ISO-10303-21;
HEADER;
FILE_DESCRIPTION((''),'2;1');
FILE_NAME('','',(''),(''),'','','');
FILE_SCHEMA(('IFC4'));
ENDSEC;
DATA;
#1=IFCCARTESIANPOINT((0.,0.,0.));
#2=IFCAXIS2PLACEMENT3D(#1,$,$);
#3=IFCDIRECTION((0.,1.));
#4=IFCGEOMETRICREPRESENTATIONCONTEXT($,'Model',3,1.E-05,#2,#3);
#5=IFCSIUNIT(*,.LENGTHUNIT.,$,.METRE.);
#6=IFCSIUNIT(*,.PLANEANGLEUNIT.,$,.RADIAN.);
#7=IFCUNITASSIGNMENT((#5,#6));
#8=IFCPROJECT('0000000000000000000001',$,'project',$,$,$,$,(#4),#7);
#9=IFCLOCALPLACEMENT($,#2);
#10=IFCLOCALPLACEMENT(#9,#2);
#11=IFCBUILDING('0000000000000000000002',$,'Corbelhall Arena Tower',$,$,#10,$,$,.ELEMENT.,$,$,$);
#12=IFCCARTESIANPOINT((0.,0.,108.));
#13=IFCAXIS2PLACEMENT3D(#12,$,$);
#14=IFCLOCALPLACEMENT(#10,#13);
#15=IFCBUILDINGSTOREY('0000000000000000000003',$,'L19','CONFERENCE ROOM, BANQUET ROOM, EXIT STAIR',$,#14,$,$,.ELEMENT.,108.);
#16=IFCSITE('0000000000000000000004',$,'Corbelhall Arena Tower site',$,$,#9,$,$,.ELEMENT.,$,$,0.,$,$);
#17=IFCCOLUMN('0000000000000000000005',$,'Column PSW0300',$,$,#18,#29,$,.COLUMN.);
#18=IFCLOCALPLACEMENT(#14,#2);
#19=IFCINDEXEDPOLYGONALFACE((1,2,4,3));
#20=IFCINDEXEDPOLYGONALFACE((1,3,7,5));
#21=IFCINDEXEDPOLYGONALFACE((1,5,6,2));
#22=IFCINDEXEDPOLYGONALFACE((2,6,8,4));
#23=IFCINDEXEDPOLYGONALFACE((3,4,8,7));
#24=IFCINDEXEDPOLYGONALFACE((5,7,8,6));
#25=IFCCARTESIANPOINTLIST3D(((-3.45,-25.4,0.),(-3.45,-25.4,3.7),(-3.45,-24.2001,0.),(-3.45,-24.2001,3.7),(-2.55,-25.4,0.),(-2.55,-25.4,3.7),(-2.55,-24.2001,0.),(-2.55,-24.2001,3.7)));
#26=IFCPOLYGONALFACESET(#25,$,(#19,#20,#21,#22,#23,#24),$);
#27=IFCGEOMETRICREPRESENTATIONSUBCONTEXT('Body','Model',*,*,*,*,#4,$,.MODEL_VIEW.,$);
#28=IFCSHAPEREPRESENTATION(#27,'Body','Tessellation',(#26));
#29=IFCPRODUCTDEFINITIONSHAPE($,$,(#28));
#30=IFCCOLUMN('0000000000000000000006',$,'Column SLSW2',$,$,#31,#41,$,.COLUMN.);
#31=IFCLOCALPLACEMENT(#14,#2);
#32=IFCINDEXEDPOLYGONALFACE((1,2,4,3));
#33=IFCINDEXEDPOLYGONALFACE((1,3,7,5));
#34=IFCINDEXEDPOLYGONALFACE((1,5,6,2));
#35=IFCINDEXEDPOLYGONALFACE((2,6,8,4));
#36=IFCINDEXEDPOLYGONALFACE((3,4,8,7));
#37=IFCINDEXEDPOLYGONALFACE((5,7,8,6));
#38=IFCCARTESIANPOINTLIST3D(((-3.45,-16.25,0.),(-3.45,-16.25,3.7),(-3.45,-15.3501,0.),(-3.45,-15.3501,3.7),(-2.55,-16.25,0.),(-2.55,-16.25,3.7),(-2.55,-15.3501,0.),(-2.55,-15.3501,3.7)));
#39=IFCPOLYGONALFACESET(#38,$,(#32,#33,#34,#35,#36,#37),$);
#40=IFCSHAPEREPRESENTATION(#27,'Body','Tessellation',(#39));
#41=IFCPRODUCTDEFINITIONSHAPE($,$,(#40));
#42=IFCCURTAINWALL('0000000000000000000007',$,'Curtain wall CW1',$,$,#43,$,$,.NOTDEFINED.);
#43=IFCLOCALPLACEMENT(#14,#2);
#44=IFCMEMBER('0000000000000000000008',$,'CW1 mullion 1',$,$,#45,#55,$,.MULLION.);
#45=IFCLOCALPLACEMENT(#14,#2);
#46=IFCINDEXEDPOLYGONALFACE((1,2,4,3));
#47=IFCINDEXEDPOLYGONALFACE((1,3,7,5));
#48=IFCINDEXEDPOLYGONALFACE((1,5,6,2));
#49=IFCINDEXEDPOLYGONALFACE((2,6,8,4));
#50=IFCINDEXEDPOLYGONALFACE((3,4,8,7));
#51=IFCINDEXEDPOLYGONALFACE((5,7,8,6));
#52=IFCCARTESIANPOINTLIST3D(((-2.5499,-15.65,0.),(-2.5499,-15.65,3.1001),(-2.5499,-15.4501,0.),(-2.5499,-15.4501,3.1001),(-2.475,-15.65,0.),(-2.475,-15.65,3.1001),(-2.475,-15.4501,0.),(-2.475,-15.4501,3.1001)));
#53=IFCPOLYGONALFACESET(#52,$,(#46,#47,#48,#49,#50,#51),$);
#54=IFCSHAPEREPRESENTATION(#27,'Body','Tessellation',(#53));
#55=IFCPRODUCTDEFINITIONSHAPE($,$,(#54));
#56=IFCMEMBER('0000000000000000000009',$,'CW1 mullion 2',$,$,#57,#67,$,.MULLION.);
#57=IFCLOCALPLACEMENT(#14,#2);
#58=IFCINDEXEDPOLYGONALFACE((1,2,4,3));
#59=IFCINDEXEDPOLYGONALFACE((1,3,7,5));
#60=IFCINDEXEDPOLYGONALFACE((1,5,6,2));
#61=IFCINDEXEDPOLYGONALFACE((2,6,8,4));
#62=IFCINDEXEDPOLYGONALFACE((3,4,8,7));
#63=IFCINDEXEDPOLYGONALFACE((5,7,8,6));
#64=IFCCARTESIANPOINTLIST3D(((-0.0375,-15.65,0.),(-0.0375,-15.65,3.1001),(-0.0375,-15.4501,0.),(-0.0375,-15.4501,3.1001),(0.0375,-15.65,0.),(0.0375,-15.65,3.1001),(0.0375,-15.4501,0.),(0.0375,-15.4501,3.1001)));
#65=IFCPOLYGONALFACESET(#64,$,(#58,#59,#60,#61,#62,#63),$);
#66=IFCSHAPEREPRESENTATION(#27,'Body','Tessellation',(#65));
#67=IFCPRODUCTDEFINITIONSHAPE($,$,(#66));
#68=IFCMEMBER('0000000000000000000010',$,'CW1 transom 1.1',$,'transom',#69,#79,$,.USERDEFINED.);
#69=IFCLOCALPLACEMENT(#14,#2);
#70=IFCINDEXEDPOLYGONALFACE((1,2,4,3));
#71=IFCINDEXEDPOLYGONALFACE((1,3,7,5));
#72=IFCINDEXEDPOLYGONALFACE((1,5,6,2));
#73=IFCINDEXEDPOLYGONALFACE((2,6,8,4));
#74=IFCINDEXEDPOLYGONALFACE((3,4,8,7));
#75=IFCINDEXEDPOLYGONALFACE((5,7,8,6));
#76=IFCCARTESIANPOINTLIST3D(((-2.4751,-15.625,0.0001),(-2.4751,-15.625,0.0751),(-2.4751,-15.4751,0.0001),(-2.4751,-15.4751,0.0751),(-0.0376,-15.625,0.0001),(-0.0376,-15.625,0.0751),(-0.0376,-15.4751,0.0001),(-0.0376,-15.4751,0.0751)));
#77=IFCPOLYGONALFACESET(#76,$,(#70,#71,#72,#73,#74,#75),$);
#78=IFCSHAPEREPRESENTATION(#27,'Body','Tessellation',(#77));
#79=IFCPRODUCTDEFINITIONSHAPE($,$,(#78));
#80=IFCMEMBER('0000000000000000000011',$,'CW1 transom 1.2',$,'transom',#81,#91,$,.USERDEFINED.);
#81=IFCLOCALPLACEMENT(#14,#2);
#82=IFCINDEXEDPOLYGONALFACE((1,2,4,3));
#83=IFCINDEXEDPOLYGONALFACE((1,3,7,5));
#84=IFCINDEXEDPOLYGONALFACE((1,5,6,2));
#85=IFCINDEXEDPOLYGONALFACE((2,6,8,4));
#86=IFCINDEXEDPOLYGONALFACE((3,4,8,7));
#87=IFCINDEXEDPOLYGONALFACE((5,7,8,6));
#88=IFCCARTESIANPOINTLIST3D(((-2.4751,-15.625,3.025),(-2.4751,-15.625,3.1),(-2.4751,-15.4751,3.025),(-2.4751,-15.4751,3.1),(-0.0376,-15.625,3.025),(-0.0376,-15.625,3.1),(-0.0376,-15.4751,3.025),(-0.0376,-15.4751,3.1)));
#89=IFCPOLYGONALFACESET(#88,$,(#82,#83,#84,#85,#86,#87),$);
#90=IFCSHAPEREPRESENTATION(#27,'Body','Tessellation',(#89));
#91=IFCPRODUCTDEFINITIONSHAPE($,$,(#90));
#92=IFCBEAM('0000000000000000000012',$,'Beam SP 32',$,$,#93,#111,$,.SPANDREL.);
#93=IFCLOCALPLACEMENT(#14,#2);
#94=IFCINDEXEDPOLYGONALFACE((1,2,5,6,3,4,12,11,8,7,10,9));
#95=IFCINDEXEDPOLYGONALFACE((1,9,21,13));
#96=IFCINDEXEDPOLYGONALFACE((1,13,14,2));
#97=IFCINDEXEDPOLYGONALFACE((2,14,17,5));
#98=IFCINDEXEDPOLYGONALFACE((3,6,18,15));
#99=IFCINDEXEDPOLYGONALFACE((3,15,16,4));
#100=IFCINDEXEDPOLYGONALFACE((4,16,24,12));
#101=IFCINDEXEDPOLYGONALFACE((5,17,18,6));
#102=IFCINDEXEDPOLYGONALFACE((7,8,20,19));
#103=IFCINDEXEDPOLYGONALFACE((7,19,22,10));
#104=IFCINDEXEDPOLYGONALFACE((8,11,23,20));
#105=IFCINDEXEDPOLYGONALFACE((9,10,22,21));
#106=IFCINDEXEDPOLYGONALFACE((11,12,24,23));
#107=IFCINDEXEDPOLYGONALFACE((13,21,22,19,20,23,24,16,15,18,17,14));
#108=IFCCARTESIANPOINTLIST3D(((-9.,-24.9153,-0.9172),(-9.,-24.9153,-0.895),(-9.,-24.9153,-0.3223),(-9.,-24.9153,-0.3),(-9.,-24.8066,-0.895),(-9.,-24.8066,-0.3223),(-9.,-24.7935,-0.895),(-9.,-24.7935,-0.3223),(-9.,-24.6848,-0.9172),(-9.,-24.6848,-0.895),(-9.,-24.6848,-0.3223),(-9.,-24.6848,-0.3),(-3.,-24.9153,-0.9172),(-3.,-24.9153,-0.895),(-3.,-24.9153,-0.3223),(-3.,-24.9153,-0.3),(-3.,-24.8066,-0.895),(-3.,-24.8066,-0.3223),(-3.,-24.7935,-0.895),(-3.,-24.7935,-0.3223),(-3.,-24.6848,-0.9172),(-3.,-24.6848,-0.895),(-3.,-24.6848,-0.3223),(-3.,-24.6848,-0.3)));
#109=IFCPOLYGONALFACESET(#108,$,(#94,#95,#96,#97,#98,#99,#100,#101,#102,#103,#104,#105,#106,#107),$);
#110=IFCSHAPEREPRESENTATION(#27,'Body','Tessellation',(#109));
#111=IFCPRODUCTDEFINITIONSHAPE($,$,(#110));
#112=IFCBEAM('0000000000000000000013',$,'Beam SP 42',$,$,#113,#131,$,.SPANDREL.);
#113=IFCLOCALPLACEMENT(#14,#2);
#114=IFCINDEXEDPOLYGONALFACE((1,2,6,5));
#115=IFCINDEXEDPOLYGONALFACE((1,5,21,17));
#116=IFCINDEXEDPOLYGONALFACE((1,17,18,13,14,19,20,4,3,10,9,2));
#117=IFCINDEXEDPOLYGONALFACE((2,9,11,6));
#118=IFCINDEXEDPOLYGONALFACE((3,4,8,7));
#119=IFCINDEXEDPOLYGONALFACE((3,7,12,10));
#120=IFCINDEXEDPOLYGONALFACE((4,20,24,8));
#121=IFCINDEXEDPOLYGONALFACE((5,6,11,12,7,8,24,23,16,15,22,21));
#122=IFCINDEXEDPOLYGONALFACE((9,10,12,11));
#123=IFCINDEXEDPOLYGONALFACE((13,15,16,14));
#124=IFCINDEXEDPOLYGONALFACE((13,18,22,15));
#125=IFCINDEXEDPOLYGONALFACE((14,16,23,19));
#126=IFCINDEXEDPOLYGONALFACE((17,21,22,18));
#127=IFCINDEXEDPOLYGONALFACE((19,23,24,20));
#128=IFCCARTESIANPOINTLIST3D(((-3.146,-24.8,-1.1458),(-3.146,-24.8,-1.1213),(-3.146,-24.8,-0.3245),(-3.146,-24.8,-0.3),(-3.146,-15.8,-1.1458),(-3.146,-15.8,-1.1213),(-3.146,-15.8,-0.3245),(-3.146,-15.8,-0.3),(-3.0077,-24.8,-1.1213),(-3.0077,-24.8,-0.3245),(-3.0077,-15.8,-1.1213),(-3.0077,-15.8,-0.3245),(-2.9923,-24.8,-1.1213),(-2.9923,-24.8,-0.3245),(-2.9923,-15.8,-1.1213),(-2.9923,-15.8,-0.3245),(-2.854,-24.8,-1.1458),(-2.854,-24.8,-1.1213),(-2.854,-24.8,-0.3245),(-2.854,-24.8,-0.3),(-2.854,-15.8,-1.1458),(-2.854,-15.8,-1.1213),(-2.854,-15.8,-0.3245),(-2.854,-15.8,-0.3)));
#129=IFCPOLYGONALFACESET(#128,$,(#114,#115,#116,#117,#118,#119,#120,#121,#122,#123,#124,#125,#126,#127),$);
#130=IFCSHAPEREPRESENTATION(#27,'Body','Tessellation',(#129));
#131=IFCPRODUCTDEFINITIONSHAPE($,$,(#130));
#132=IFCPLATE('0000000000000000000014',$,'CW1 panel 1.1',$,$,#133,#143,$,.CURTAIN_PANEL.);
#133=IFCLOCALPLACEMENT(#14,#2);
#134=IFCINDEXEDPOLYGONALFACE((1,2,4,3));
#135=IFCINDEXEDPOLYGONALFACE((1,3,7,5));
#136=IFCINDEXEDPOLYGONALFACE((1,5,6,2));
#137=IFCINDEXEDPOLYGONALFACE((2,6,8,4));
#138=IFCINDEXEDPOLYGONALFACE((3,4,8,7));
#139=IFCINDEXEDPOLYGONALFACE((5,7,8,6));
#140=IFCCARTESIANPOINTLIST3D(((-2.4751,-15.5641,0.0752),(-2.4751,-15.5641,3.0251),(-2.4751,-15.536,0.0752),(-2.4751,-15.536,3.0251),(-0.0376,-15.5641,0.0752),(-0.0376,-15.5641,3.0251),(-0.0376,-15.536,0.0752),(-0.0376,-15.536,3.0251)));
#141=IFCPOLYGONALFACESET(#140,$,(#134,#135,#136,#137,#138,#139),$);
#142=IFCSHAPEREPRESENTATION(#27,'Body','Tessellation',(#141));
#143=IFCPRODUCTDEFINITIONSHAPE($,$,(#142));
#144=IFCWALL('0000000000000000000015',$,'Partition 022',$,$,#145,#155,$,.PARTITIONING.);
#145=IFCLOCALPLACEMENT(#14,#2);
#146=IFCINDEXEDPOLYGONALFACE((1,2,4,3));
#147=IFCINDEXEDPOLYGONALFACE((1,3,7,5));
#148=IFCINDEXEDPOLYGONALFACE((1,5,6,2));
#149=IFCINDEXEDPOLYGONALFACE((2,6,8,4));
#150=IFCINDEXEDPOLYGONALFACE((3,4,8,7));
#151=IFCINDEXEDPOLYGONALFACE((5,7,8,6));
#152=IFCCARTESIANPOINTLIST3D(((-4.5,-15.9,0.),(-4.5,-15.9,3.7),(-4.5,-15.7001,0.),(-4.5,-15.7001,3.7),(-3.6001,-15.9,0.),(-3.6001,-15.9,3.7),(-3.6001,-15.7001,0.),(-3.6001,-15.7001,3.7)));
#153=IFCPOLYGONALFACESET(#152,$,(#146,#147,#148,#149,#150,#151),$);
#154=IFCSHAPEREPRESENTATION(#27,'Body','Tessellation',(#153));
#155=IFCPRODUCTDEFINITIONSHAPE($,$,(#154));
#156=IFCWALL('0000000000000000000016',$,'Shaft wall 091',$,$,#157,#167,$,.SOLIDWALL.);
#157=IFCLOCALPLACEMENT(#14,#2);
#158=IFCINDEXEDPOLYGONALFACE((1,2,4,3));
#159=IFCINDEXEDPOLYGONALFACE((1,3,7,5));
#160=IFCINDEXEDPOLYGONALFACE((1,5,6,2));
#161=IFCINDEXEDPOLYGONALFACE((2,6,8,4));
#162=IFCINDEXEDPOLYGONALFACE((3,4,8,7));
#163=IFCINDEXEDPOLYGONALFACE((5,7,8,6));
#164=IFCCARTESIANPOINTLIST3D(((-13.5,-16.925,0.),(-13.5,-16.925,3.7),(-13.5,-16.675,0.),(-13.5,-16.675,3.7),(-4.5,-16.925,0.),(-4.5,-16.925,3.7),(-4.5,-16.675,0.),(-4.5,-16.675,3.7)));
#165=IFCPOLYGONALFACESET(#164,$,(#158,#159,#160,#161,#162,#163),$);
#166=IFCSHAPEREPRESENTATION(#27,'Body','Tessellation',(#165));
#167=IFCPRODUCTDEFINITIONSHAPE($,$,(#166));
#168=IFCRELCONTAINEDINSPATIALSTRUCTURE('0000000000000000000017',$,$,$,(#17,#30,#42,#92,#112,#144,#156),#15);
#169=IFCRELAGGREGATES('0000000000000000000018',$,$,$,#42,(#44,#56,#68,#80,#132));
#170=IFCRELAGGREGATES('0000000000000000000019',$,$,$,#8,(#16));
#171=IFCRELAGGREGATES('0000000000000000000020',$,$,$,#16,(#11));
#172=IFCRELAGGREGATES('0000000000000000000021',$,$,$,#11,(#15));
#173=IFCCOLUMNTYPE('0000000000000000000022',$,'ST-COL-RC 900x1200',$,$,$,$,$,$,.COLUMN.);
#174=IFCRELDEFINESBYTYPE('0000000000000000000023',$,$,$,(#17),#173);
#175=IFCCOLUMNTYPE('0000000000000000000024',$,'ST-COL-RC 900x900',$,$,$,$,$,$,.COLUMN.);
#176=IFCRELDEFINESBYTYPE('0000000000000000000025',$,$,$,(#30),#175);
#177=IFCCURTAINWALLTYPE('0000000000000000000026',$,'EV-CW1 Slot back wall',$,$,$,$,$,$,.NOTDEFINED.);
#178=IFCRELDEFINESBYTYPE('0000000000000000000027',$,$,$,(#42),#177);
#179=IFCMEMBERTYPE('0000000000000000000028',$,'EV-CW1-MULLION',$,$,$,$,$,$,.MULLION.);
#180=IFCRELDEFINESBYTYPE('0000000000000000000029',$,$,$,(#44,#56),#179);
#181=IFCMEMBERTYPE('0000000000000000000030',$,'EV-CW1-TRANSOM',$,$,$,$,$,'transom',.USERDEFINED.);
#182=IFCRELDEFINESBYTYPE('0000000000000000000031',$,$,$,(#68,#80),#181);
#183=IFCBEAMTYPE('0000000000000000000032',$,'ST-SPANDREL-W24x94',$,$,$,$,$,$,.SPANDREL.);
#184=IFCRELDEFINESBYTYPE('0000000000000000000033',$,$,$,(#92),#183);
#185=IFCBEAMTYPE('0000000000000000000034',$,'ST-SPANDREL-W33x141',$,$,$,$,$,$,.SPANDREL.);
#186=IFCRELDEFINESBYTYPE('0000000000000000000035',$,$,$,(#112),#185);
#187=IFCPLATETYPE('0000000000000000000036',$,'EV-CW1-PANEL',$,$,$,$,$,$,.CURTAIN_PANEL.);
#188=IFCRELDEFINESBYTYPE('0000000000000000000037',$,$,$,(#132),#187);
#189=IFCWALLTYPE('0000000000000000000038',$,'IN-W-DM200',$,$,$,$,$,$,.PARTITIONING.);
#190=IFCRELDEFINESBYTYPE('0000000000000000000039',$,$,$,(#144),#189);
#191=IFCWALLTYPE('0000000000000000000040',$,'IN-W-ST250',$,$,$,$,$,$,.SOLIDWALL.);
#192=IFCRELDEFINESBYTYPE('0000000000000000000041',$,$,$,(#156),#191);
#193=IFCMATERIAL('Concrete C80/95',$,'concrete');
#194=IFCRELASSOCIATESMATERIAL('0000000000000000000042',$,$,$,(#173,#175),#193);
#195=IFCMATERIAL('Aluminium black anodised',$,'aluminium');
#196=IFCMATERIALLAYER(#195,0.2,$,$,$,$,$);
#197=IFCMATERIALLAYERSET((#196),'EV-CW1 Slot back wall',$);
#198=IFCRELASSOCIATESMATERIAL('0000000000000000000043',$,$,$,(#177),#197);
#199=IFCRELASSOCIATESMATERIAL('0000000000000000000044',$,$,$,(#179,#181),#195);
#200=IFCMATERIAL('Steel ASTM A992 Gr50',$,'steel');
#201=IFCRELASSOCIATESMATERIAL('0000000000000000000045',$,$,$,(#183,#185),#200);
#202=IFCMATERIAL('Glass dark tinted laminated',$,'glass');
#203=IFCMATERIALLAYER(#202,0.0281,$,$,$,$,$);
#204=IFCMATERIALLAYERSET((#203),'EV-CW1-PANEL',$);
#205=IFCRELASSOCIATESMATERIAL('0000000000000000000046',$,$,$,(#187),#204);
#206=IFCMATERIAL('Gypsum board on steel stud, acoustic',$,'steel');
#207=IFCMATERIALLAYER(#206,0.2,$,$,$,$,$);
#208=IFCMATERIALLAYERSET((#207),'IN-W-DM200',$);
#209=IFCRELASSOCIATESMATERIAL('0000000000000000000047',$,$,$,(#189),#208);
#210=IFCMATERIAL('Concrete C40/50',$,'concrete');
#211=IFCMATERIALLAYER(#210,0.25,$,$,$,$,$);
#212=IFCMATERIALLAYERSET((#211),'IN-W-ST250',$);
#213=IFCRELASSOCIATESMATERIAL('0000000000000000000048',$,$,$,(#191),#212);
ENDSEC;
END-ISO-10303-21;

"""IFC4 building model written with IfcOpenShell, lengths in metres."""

from ifc_helpers import new_model, si_unit, direction, frame, frame_2d, origin, origin_2d, place, context, subcontext, project, spatial, rectangle, i_section, extrude, material, layer, layer_set, material_profile, profile_set, type_object, element, aggregate, save


model = new_model("IFC4")

# Units and contexts
model_context = context("Model", 3, precision=1e-05, world=origin(), true_north=direction((0.0, 1.0)))
body_context = subcontext(model_context, "Body", "Model", "MODEL_VIEW")
ifc_project = project(units=[si_unit("LENGTHUNIT", "METRE"), si_unit("PLANEANGLEUNIT", "RADIAN")], contexts=[model_context])

# Site, building, storey
site_placement = place(None, origin())
site = spatial("IfcSite", under=ifc_project, at=site_placement, Name="Corbelhall Arena Tower site", CompositionType="ELEMENT", RefElevation=0.0)
building_placement = place(site_placement, origin())
building = spatial("IfcBuilding", under=site, at=building_placement, Name="Corbelhall Arena Tower", CompositionType="ELEMENT")
storey_placement = place(building_placement, frame((0.0, 0.0, 108.0)))
storey = spatial("IfcBuildingStorey", under=building, at=storey_placement, Name="L19", Description="CONFERENCE ROOM, BANQUET ROOM, EXIT STAIR", CompositionType="ELEMENT", Elevation=108.0)

# Columns
ifc_material_1 = material(Name="Concrete C80/95", Category="concrete")
ifc_material_profile_1 = material_profile(ifc_material_1, rectangle(XDim=0.8999, YDim=1.2, at=origin_2d()))
ifc_profile_set_1 = profile_set([ifc_material_profile_1], Name="Concrete C80/95")
column_type_1 = type_object("IfcColumnType", Name="ST-COL-RC 900x1200", PredefinedType="COLUMN", material=ifc_profile_set_1)
column_1_placement = place(storey_placement, frame((-3.0, -24.8, 0.0), z_axis=(0.0, 0.0, 1.0), x_axis=(1.0, 0.0, 0.0)))
element("IfcColumn", 1, at=column_1_placement, inside=storey, type_object=column_type_1, Name="Column PSW0300", PredefinedType="COLUMN", context=body_context, shape_type="SweptSolid", body=[
    extrude(rectangle(XDim=0.8999, YDim=1.2, at=origin_2d()), origin(), (0.0, 0.0, 1.0), 3.7),
])
ifc_material_profile_2 = material_profile(ifc_material_1, rectangle(XDim=0.8999, YDim=0.8999, at=origin_2d()))
ifc_profile_set_2 = profile_set([ifc_material_profile_2], Name="Concrete C80/95")
column_type_2 = type_object("IfcColumnType", Name="ST-COL-RC 900x900", PredefinedType="COLUMN", material=ifc_profile_set_2)
column_2_placement = place(storey_placement, frame((-3.0, -15.8, 0.0), z_axis=(0.0, 0.0, 1.0), x_axis=(1.0, 0.0, 0.0)))
element("IfcColumn", 2, at=column_2_placement, inside=storey, type_object=column_type_2, Name="Column SLSW2", PredefinedType="COLUMN", context=body_context, shape_type="SweptSolid", body=[
    extrude(rectangle(XDim=0.8999, YDim=0.8999, at=origin_2d()), origin(), (0.0, 0.0, 1.0), 3.7),
])

# Curtain wall, members
ifc_material_2 = material(Name="Aluminium black anodised", Category="aluminium")
ifc_layer_1 = layer(ifc_material_2, 0.2)
ifc_layer_set_1 = layer_set([ifc_layer_1], Name="EV-CW1 Slot back wall")
curtain_wall_type = type_object("IfcCurtainWallType", Name="EV-CW1 Slot back wall", PredefinedType="NOTDEFINED", material=ifc_layer_set_1)
curtain_wall_placement = place(storey_placement, origin())
curtain_wall = element("IfcCurtainWall", 3, at=curtain_wall_placement, inside=storey, type_object=curtain_wall_type, Name="Curtain wall CW1", PredefinedType="NOTDEFINED")
ifc_material_profile_3 = material_profile(ifc_material_2, rectangle(XDim=0.2, YDim=0.075, at=origin_2d()))
ifc_profile_set_3 = profile_set([ifc_material_profile_3], Name="Aluminium black anodised")
member_type_1 = type_object("IfcMemberType", Name="EV-CW1-MULLION", PredefinedType="MULLION", material=ifc_profile_set_3)
member_1_placement = place(storey_placement, frame((-2.5125, -15.55, 0.0), z_axis=(0.0, 0.0, 1.0), x_axis=(0.0, 1.0, 0.0)))
member_1 = element("IfcMember", 4, at=member_1_placement, type_object=member_type_1, Name="CW1 mullion 1", PredefinedType="MULLION", context=body_context, shape_type="SweptSolid", body=[
    extrude(rectangle(XDim=0.2, YDim=0.075, at=origin_2d()), origin(), (0.0, 0.0, 1.0), 3.1001),
])
member_2_placement = place(storey_placement, frame((0.0, -15.55, 0.0), z_axis=(0.0, 0.0, 1.0), x_axis=(0.0, 1.0, 0.0)))
member_2 = element("IfcMember", 5, at=member_2_placement, type_object=member_type_1, Name="CW1 mullion 2", PredefinedType="MULLION", context=body_context, shape_type="SweptSolid", body=[
    extrude(rectangle(XDim=0.2, YDim=0.075, at=origin_2d()), origin(), (0.0, 0.0, 1.0), 3.1001),
])
ifc_material_profile_4 = material_profile(ifc_material_2, rectangle(XDim=0.1499, YDim=0.075, at=origin_2d()))
ifc_profile_set_4 = profile_set([ifc_material_profile_4], Name="Aluminium black anodised")
member_type_2 = type_object("IfcMemberType", Name="EV-CW1-TRANSOM", ElementType="transom", PredefinedType="USERDEFINED", material=ifc_profile_set_4)
member_3_placement = place(storey_placement, frame((-2.4751, -15.55, 0.0376), z_axis=(1.0, 0.0, 0.0), x_axis=(0.0, 1.0, 0.0)))
member_3 = element("IfcMember", 6, at=member_3_placement, type_object=member_type_2, Name="CW1 transom 1.1", ObjectType="transom", PredefinedType="USERDEFINED", context=body_context, shape_type="SweptSolid", body=[
    extrude(rectangle(XDim=0.1499, YDim=0.075, at=origin_2d()), origin(), (0.0, 0.0, 1.0), 2.4375),
])
member_4_placement = place(storey_placement, frame((-2.4751, -15.55, 3.0625), z_axis=(1.0, 0.0, 0.0), x_axis=(0.0, 1.0, 0.0)))
member_4 = element("IfcMember", 7, at=member_4_placement, type_object=member_type_2, Name="CW1 transom 1.2", ObjectType="transom", PredefinedType="USERDEFINED", context=body_context, shape_type="SweptSolid", body=[
    extrude(rectangle(XDim=0.1499, YDim=0.075, at=origin_2d()), origin(), (0.0, 0.0, 1.0), 2.4375),
])

# Beams
ifc_material_3 = material(Name="Steel ASTM A992 Gr50", Category="steel")
ifc_material_profile_5 = material_profile(ifc_material_3, i_section(OverallWidth=0.2305, OverallDepth=0.6172, WebThickness=0.0132, FlangeThickness=0.0222, at=origin_2d()))
ifc_profile_set_5 = profile_set([ifc_material_profile_5], Name="Steel ASTM A992 Gr50")
beam_type_1 = type_object("IfcBeamType", Name="ST-SPANDREL-W24x94", PredefinedType="SPANDREL", material=ifc_profile_set_5)
beam_1_placement = place(storey_placement, frame((-3.0, -24.8, -0.6086), z_axis=(-1.0, 0.0, 0.0), x_axis=(0.0, -1.0, 0.0)))
element("IfcBeam", 8, at=beam_1_placement, inside=storey, type_object=beam_type_1, Name="Beam SP 32", PredefinedType="SPANDREL", context=body_context, shape_type="SweptSolid", body=[
    extrude(i_section(OverallWidth=0.2305, OverallDepth=0.6172, WebThickness=0.0132, FlangeThickness=0.0222, at=origin_2d()), origin(), (0.0, 0.0, 1.0), 6.0),
])
ifc_material_profile_6 = material_profile(ifc_material_3, i_section(OverallWidth=0.292, OverallDepth=0.8457, WebThickness=0.0154, FlangeThickness=0.0244, at=origin_2d()))
ifc_profile_set_6 = profile_set([ifc_material_profile_6], Name="Steel ASTM A992 Gr50")
beam_type_2 = type_object("IfcBeamType", Name="ST-SPANDREL-W33x141", PredefinedType="SPANDREL", material=ifc_profile_set_6)
beam_2_placement = place(storey_placement, frame((-3.0, -15.8, -0.7229), z_axis=(0.0, -1.0, 0.0), x_axis=(1.0, 0.0, 0.0)))
element("IfcBeam", 9, at=beam_2_placement, inside=storey, type_object=beam_type_2, Name="Beam SP 42", PredefinedType="SPANDREL", context=body_context, shape_type="SweptSolid", body=[
    extrude(i_section(OverallWidth=0.292, OverallDepth=0.8457, WebThickness=0.0154, FlangeThickness=0.0244, at=origin_2d()), origin(), (0.0, 0.0, 1.0), 9.0),
])

# Plate
ifc_material_4 = material(Name="Glass dark tinted laminated", Category="glass")
ifc_layer_2 = layer(ifc_material_4, 0.0281)
ifc_layer_set_2 = layer_set([ifc_layer_2], Name="EV-CW1-PANEL")
plate_type = type_object("IfcPlateType", Name="EV-CW1-PANEL", PredefinedType="CURTAIN_PANEL", material=ifc_layer_set_2)
plate_placement = place(storey_placement, frame((-1.2563, -15.55, 0.0752), z_axis=(0.0, 0.0, 1.0), x_axis=(1.0, 0.0, 0.0)))
plate = element("IfcPlate", 10, at=plate_placement, type_object=plate_type, Name="CW1 panel 1.1", PredefinedType="CURTAIN_PANEL", context=body_context, shape_type="SweptSolid", body=[
    extrude(rectangle(XDim=2.4375, YDim=0.0281, at=origin_2d()), origin(), (0.0, 0.0, 1.0), 2.95),
])
aggregate(curtain_wall, [member_1, member_2, member_3, member_4, plate])

# Walls
ifc_material_5 = material(Name="Gypsum board on steel stud, acoustic", Category="steel")
ifc_layer_3 = layer(ifc_material_5, 0.2)
ifc_layer_set_3 = layer_set([ifc_layer_3], Name="IN-W-DM200")
wall_type_1 = type_object("IfcWallType", Name="IN-W-DM200", PredefinedType="PARTITIONING", material=ifc_layer_set_3)
wall_1_placement = place(storey_placement, frame((-3.6001, -15.8, 0.0), z_axis=(0.0, 0.0, 1.0), x_axis=(-1.0, 0.0, 0.0)))
element("IfcWall", 11, at=wall_1_placement, inside=storey, type_object=wall_type_1, Name="Partition 022", PredefinedType="PARTITIONING", context=body_context, shape_type="SweptSolid", body=[
    extrude(rectangle(XDim=0.8999, YDim=0.2, at=frame_2d((0.45, 0.0))), origin(), (0.0, 0.0, 1.0), 3.7),
])
ifc_material_6 = material(Name="Concrete C40/50", Category="concrete")
ifc_layer_4 = layer(ifc_material_6, 0.25)
ifc_layer_set_4 = layer_set([ifc_layer_4], Name="IN-W-ST250")
wall_type_2 = type_object("IfcWallType", Name="IN-W-ST250", PredefinedType="SOLIDWALL", material=ifc_layer_set_4)
wall_2_placement = place(storey_placement, frame((-4.5, -16.8, 0.0), z_axis=(0.0, 0.0, 1.0), x_axis=(-1.0, 0.0, 0.0)))
element("IfcWall", 12, at=wall_2_placement, inside=storey, type_object=wall_type_2, Name="Shaft wall 091", PredefinedType="SOLIDWALL", context=body_context, shape_type="SweptSolid", body=[
    extrude(rectangle(XDim=9.0, YDim=0.25, at=frame_2d((4.5, 0.0))), origin(), (0.0, 0.0, 1.0), 3.7),
])

save(model, "model.ifc")
